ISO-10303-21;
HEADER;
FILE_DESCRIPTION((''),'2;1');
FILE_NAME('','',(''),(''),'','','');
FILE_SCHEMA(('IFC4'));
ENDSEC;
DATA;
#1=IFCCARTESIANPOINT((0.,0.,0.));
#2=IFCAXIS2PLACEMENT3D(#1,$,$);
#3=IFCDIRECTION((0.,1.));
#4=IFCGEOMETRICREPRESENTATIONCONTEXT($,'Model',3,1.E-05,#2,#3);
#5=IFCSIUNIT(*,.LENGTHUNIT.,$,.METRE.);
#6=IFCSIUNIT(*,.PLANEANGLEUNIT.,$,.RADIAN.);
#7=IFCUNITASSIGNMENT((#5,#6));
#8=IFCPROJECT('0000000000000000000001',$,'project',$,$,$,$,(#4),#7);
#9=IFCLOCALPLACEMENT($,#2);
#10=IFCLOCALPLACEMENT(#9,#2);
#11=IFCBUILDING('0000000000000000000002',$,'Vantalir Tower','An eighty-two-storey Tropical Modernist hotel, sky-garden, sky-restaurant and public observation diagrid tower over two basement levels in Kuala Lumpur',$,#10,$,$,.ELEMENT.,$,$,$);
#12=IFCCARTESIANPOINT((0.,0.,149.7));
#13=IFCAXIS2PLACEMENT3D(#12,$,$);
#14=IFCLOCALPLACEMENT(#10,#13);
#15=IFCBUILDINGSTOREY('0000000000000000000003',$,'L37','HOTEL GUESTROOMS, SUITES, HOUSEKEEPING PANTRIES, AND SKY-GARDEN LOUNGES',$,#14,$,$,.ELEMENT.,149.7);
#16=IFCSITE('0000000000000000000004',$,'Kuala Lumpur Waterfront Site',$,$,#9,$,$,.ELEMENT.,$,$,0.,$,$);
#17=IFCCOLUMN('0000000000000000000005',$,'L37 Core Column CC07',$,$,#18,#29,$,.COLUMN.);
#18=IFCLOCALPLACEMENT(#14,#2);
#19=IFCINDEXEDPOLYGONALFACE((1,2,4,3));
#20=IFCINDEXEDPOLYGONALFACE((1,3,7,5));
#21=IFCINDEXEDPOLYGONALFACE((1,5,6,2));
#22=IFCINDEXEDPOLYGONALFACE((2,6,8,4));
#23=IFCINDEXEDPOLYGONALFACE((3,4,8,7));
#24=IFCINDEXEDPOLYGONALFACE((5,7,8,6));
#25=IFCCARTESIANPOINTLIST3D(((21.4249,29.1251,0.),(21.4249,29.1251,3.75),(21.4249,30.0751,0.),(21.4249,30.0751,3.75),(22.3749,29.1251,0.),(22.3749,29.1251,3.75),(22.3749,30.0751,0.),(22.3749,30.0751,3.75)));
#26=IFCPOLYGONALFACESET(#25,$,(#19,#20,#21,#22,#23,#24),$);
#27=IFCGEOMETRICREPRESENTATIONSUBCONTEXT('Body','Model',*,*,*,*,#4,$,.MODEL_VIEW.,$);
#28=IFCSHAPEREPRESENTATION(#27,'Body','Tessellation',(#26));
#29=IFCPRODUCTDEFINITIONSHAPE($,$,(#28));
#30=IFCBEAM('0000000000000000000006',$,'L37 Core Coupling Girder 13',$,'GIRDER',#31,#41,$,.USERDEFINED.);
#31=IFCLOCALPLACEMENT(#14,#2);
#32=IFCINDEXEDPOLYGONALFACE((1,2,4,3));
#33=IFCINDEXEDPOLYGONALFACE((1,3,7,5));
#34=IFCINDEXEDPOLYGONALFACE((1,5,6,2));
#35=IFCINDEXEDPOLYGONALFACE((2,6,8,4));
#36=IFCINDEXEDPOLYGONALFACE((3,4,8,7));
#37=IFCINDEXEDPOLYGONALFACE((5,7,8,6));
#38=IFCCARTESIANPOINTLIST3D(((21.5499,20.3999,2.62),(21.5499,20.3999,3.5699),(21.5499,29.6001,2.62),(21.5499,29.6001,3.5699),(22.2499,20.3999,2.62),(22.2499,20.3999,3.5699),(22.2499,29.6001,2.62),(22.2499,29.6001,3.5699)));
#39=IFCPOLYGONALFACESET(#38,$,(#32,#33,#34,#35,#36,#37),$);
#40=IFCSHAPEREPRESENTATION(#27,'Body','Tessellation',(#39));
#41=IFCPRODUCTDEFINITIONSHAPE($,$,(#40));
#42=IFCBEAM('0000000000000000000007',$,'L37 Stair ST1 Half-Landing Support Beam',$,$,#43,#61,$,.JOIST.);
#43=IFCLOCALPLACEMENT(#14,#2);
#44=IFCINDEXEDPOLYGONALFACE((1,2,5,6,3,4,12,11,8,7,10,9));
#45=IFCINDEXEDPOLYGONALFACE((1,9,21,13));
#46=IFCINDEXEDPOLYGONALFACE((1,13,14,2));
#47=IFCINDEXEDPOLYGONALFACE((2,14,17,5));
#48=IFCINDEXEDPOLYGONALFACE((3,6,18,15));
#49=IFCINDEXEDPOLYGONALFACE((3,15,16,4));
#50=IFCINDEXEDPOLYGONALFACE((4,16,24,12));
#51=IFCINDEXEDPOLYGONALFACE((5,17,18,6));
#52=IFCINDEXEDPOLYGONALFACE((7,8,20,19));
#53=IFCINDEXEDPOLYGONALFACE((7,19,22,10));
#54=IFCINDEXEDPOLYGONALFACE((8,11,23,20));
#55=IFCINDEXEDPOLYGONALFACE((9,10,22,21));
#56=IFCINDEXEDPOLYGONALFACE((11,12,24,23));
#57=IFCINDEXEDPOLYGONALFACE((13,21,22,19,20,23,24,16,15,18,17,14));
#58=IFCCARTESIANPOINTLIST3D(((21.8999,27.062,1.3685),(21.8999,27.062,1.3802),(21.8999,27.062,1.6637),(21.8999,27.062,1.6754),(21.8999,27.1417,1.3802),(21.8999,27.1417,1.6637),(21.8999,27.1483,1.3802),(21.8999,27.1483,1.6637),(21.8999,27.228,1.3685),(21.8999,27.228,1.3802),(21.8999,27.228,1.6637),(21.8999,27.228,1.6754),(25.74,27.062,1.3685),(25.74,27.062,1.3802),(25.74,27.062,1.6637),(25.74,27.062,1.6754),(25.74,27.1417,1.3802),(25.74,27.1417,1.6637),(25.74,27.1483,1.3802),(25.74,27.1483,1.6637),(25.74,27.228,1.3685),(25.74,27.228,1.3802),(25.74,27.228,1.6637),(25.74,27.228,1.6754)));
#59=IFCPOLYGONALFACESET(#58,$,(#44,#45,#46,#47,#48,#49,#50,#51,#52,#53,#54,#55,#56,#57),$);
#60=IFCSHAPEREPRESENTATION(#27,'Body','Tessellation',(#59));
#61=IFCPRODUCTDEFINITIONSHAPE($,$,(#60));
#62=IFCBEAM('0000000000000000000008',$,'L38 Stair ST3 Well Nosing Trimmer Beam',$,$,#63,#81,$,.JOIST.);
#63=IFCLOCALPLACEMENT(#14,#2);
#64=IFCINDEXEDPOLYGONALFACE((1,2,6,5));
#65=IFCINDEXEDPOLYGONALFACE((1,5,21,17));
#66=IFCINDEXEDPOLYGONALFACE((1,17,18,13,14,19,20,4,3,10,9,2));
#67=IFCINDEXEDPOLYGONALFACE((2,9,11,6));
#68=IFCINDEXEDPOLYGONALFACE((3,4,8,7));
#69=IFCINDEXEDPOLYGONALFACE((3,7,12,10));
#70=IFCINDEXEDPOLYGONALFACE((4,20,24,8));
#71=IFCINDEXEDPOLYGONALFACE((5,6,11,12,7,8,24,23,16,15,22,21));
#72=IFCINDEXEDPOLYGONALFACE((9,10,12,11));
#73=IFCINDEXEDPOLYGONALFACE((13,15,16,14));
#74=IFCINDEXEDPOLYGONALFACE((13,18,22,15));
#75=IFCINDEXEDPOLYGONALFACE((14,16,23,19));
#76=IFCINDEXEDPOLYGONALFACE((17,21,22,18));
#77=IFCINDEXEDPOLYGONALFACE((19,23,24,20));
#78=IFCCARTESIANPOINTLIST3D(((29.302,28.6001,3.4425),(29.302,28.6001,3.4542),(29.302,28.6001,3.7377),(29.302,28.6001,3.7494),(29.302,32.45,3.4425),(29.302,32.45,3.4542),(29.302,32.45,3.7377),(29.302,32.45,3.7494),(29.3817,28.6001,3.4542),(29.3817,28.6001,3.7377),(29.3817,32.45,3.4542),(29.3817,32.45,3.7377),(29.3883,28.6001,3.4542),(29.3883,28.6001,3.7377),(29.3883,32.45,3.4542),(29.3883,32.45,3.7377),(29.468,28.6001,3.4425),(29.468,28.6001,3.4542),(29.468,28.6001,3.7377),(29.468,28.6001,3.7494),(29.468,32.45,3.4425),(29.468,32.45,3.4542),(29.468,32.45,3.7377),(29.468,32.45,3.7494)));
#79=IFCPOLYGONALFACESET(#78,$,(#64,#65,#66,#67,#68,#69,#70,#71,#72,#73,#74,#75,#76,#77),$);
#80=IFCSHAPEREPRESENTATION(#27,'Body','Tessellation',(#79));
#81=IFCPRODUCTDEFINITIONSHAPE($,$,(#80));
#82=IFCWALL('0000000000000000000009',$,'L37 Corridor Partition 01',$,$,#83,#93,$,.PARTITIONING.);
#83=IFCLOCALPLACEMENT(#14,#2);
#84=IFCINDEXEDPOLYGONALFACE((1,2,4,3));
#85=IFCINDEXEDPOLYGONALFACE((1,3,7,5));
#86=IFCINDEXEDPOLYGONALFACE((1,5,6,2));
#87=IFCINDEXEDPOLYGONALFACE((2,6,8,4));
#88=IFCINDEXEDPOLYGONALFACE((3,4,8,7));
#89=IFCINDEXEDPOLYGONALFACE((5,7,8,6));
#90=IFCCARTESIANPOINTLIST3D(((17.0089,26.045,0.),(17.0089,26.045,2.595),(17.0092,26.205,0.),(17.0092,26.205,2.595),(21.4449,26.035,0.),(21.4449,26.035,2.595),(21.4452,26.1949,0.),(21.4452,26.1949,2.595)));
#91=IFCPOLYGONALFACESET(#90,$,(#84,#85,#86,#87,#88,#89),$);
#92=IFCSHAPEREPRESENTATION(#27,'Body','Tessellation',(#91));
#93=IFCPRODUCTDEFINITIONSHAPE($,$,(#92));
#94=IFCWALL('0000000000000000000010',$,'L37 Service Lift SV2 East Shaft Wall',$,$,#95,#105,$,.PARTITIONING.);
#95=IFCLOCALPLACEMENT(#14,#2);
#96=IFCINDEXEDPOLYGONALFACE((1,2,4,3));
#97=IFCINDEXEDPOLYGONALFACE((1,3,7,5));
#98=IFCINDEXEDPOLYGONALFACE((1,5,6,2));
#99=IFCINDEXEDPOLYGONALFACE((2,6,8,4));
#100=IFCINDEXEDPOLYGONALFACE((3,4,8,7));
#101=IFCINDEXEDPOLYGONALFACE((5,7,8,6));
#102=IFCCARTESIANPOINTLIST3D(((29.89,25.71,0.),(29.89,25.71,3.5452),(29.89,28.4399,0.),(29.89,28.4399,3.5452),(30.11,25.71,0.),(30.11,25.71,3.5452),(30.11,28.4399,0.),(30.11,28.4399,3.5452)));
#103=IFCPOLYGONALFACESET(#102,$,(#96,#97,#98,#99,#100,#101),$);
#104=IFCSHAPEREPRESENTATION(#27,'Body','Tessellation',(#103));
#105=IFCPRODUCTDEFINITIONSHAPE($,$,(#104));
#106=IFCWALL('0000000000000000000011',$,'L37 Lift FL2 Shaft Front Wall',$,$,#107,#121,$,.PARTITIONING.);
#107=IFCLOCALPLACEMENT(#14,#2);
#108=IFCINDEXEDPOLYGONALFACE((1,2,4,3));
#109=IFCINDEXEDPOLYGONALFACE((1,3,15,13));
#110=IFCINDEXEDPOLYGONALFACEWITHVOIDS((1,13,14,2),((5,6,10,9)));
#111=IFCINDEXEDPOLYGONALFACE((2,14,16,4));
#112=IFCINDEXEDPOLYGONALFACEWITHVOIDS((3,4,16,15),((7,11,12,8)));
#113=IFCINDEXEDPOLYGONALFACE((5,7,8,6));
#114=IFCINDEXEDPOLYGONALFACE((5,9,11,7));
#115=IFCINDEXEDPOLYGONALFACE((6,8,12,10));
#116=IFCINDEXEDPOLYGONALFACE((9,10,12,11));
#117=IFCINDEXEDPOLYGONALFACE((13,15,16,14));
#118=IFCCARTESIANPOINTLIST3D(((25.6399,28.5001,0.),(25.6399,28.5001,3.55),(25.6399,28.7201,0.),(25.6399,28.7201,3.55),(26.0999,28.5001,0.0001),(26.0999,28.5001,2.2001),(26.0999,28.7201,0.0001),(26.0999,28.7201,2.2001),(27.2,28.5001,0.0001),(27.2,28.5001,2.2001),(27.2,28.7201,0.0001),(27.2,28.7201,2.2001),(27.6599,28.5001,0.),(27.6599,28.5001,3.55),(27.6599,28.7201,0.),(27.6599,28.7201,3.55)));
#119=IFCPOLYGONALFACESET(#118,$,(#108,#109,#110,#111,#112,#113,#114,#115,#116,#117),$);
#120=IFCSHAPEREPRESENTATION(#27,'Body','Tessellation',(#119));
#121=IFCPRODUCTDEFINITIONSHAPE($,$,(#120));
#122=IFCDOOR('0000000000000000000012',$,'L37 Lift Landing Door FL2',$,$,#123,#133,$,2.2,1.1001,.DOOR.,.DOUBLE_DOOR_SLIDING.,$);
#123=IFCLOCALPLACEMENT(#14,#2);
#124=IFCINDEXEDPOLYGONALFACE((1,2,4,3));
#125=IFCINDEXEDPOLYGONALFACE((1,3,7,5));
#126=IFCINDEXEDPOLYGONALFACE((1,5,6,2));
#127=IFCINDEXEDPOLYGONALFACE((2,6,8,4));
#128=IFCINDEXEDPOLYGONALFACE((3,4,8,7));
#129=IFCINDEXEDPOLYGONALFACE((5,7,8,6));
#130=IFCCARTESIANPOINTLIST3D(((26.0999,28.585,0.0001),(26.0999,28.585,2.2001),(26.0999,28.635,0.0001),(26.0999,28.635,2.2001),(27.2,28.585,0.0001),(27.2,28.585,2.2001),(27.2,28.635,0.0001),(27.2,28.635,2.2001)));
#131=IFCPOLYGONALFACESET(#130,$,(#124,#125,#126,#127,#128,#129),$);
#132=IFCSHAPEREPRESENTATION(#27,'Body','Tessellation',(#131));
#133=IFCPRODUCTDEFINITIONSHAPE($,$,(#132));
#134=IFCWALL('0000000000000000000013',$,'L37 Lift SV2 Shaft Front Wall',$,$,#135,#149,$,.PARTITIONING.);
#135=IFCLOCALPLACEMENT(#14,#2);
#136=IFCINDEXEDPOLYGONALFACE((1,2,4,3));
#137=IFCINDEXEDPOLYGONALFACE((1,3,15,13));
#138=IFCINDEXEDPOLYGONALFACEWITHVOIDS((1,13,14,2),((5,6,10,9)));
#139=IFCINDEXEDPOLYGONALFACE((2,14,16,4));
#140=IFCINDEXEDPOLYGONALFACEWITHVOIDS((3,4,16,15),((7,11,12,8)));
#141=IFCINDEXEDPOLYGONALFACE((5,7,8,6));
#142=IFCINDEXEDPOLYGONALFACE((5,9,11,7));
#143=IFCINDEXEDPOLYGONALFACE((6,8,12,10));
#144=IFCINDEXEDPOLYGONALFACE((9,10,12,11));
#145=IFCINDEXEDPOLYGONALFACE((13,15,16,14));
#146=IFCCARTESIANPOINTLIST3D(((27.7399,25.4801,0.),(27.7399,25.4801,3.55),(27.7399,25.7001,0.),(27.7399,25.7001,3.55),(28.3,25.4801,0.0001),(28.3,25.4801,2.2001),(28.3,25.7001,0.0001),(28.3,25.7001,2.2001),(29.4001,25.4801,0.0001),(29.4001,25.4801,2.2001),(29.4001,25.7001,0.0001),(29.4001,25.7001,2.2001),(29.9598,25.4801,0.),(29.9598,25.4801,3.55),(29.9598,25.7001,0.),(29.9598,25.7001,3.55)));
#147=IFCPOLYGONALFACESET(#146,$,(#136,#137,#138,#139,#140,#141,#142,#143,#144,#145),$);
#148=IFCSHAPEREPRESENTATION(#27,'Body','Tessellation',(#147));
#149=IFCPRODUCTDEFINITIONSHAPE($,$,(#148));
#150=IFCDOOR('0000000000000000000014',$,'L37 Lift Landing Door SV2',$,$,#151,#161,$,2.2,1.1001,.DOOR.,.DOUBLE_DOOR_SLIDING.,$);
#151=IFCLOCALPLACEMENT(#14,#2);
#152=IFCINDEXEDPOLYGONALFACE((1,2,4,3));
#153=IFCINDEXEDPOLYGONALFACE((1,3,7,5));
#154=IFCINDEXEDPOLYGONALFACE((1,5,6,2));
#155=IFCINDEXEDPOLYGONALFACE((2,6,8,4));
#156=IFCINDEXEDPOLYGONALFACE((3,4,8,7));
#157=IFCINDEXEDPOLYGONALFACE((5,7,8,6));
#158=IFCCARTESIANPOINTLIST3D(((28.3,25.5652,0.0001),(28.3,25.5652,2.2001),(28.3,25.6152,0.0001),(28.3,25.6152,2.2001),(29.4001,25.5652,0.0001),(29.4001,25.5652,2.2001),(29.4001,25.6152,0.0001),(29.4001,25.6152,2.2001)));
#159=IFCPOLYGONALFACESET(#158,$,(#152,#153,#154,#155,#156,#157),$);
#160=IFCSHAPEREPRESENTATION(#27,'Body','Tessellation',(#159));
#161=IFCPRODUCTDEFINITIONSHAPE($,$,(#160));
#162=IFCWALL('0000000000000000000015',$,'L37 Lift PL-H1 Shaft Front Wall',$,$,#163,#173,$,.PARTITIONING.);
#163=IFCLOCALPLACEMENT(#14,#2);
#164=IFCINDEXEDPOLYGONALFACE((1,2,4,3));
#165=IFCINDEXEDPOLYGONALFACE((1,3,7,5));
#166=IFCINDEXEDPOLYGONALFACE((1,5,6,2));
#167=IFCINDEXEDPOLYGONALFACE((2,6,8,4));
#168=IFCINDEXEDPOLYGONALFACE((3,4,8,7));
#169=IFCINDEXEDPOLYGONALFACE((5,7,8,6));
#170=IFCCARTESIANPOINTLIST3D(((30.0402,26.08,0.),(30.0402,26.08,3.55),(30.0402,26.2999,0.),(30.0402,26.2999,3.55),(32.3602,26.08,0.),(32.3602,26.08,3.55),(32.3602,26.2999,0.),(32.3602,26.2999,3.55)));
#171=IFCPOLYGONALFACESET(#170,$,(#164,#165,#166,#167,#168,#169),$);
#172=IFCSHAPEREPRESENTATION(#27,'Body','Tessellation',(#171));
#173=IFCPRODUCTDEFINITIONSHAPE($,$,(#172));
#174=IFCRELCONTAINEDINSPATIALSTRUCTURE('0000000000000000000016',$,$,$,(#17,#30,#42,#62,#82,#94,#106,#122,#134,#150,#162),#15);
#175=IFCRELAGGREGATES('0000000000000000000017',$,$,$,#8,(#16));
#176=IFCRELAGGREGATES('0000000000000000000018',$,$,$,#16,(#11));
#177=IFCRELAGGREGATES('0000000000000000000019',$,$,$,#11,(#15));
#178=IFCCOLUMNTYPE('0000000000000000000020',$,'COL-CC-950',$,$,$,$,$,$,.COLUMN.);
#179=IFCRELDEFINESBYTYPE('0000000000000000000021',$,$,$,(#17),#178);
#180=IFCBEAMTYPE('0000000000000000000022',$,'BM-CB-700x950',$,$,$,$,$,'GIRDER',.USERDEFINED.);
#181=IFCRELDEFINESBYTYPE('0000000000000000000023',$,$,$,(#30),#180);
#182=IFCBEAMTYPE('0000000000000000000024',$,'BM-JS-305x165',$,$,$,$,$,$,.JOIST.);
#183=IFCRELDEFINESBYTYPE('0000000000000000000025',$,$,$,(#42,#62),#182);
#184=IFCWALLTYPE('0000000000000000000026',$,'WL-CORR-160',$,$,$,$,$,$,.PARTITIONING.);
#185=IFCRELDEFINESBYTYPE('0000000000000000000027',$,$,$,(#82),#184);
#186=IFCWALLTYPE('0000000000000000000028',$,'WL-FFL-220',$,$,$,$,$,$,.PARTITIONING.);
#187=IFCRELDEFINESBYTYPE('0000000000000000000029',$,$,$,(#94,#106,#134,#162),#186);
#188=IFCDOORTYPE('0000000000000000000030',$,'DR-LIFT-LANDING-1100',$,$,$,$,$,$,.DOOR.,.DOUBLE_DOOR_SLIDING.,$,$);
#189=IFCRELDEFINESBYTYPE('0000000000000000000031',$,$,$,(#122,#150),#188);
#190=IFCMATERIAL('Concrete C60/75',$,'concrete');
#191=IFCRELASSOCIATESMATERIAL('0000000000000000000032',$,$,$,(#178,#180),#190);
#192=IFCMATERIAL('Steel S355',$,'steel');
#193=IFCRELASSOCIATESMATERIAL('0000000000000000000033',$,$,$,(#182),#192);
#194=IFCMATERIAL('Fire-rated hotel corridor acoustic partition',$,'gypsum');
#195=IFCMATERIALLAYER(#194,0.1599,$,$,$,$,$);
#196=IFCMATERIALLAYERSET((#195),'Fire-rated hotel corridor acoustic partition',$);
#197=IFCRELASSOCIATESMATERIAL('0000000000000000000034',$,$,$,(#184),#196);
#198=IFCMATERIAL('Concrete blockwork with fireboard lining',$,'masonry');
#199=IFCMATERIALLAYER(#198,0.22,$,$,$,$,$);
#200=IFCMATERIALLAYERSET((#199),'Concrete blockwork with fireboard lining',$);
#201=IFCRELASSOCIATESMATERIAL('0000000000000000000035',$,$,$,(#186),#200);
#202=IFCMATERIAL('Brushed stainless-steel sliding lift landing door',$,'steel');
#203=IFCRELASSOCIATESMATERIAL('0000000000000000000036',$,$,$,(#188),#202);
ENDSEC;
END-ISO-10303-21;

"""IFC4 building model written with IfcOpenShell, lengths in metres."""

from ifc_helpers import new_model, si_unit, direction, frame, frame_2d, origin, origin_2d, place, context, subcontext, project, spatial, rectangle, i_section, extrude, material, layer, layer_set, material_profile, profile_set, type_object, element, fill, save


model = new_model("IFC4")

# Units and contexts
model_context = context("Model", 3, precision=1e-05, world=origin(), true_north=direction((0.0, 1.0)))
body_context = subcontext(model_context, "Body", "Model", "MODEL_VIEW")
ifc_project = project(units=[si_unit("LENGTHUNIT", "METRE"), si_unit("PLANEANGLEUNIT", "RADIAN")], contexts=[model_context])

# Site, building, storey
site_placement = place(None, origin())
site = spatial("IfcSite", under=ifc_project, at=site_placement, Name="Kuala Lumpur Waterfront Site", CompositionType="ELEMENT", RefElevation=0.0)
building_placement = place(site_placement, origin())
building = spatial("IfcBuilding", under=site, at=building_placement, Name="Vantalir Tower", Description="An eighty-two-storey Tropical Modernist hotel, sky-garden, sky-restaurant and public observation diagrid tower over two basement levels in Kuala Lumpur", CompositionType="ELEMENT")
storey_placement = place(building_placement, frame((0.0, 0.0, 149.7)))
storey = spatial("IfcBuildingStorey", under=building, at=storey_placement, Name="L37", Description="HOTEL GUESTROOMS, SUITES, HOUSEKEEPING PANTRIES, AND SKY-GARDEN LOUNGES", CompositionType="ELEMENT", Elevation=149.7)

# Column
ifc_material_1 = material(Name="Concrete C60/75", Category="concrete")
ifc_material_profile_1 = material_profile(ifc_material_1, rectangle(XDim=0.95, YDim=0.95, at=origin_2d()), Name="Concrete C60/75")
ifc_profile_set_1 = profile_set([ifc_material_profile_1], Name="Concrete C60/75")
column_type = type_object("IfcColumnType", Name="COL-CC-950", PredefinedType="COLUMN", material=ifc_profile_set_1)
column_placement = place(storey_placement, frame((21.8999, 29.6001, 0.0), z_axis=(0.0, 0.0, 1.0), x_axis=(1.0, 0.0, 0.0)))
element("IfcColumn", 1, at=column_placement, inside=storey, type_object=column_type, Name="L37 Core Column CC07", PredefinedType="COLUMN", context=body_context, shape_type="SweptSolid", body=[
    extrude(rectangle(XDim=0.95, YDim=0.95, at=origin_2d()), origin(), (0.0, 0.0, 1.0), 3.75),
])

# Beams
ifc_material_profile_2 = material_profile(ifc_material_1, rectangle(XDim=0.7, YDim=0.95, at=origin_2d()), Name="Concrete C60/75")
ifc_profile_set_2 = profile_set([ifc_material_profile_2], Name="Concrete C60/75")
beam_type_1 = type_object("IfcBeamType", Name="BM-CB-700x950", ElementType="GIRDER", PredefinedType="USERDEFINED", material=ifc_profile_set_2)
beam_1_placement = place(storey_placement, frame((21.8999, 29.6001, 3.095), z_axis=(0.0, -1.0, 0.0), x_axis=(1.0, 0.0, 0.0)))
element("IfcBeam", 2, at=beam_1_placement, inside=storey, type_object=beam_type_1, Name="L37 Core Coupling Girder 13", ObjectType="GIRDER", PredefinedType="USERDEFINED", context=body_context, shape_type="SweptSolid", body=[
    extrude(rectangle(XDim=0.7, YDim=0.95, at=origin_2d()), origin(), (0.0, 0.0, 1.0), 9.2002),
])
ifc_material_2 = material(Name="Steel S355", Category="steel")
ifc_material_profile_3 = material_profile(ifc_material_2, i_section(OverallWidth=0.166, OverallDepth=0.3069, WebThickness=0.0066, FlangeThickness=0.0117, at=origin_2d()), Name="Steel S355")
ifc_profile_set_3 = profile_set([ifc_material_profile_3], Name="Steel S355")
beam_type_2 = type_object("IfcBeamType", Name="BM-JS-305x165", PredefinedType="JOIST", material=ifc_profile_set_3)
beam_2_placement = place(storey_placement, frame((21.8999, 27.145, 1.522), z_axis=(1.0, 0.0, 0.0), x_axis=(0.0, 1.0, 0.0)))
element("IfcBeam", 3, at=beam_2_placement, inside=storey, type_object=beam_type_2, Name="L37 Stair ST1 Half-Landing Support Beam", PredefinedType="JOIST", context=body_context, shape_type="SweptSolid", body=[
    extrude(i_section(OverallWidth=0.166, OverallDepth=0.3069, WebThickness=0.0066, FlangeThickness=0.0117, at=origin_2d()), origin(), (0.0, 0.0, 1.0), 3.8401),
])
beam_3_placement = place(storey_placement, frame((29.385, 28.6001, 3.5959), z_axis=(0.0, 1.0, 0.0), x_axis=(-1.0, 0.0, 0.0)))
element("IfcBeam", 4, at=beam_3_placement, inside=storey, type_object=beam_type_2, Name="L38 Stair ST3 Well Nosing Trimmer Beam", PredefinedType="JOIST", context=body_context, shape_type="SweptSolid", body=[
    extrude(i_section(OverallWidth=0.166, OverallDepth=0.3069, WebThickness=0.0066, FlangeThickness=0.0117, at=origin_2d()), origin(), (0.0, 0.0, 1.0), 3.8499),
])

# Walls
ifc_material_3 = material(Name="Fire-rated hotel corridor acoustic partition", Category="gypsum")
ifc_layer_1 = layer(ifc_material_3, 0.1599)
ifc_layer_set_1 = layer_set([ifc_layer_1], Name="Fire-rated hotel corridor acoustic partition")
wall_type_1 = type_object("IfcWallType", Name="WL-CORR-160", PredefinedType="PARTITIONING", material=ifc_layer_set_1)
wall_1_placement = place(storey_placement, frame((21.4451, 26.115, 0.0), z_axis=(0.0, 0.0, 1.0), x_axis=(-0.999997, 0.002256, 0.0)))
element("IfcWall", 5, at=wall_1_placement, inside=storey, type_object=wall_type_1, Name="L37 Corridor Partition 01", PredefinedType="PARTITIONING", context=body_context, shape_type="SweptSolid", body=[
    extrude(rectangle(XDim=4.436, YDim=0.1599, at=frame_2d((2.218, 0.0))), origin(), (0.0, 0.0, 1.0), 2.595),
])
ifc_material_4 = material(Name="Concrete blockwork with fireboard lining", Category="masonry")
ifc_layer_2 = layer(ifc_material_4, 0.22)
ifc_layer_set_2 = layer_set([ifc_layer_2], Name="Concrete blockwork with fireboard lining")
wall_type_2 = type_object("IfcWallType", Name="WL-FFL-220", PredefinedType="PARTITIONING", material=ifc_layer_set_2)
wall_2_placement = place(storey_placement, frame((30.0, 25.71, 0.0), z_axis=(0.0, 0.0, 1.0), x_axis=(0.0, 1.0, 0.0)))
element("IfcWall", 6, at=wall_2_placement, inside=storey, type_object=wall_type_2, Name="L37 Service Lift SV2 East Shaft Wall", PredefinedType="PARTITIONING", context=body_context, shape_type="SweptSolid", body=[
    extrude(rectangle(XDim=2.73, YDim=0.22, at=frame_2d((1.365, 0.0))), origin(), (0.0, 0.0, 1.0), 3.5452),
])

# Walls, openings, doors
wall_3_placement = place(storey_placement, frame((25.6399, 28.6101, 0.0), z_axis=(0.0, 0.0, 1.0), x_axis=(1.0, 0.0, 0.0)))
wall_3 = element("IfcWall", 7, at=wall_3_placement, inside=storey, type_object=wall_type_2, Name="L37 Lift FL2 Shaft Front Wall", PredefinedType="PARTITIONING", context=body_context, shape_type="SweptSolid", body=[
    extrude(rectangle(XDim=2.02, YDim=0.22, at=frame_2d((1.01, 0.0))), origin(), (0.0, 0.0, 1.0), 3.55),
])
opening_1_placement = place(wall_3_placement, frame((0.46, 0.0, 0.0)))
opening_1 = element("IfcOpeningElement", 8, at=opening_1_placement, cuts=wall_3, PredefinedType="OPENING", context=body_context, shape_type="SweptSolid", body=[
    extrude(rectangle(XDim=1.1001, YDim=2.2, at=frame_2d((0.55, 1.1001))), frame((0.0, 0.1199, 0.0), z_axis=(0.0, -1.0, 0.0), x_axis=(1.0, 0.0, 0.0)), (0.0, 0.0, 1.0), 0.24),
])
ifc_material_5 = material(Name="Brushed stainless-steel sliding lift landing door", Category="steel")
door_type_1 = type_object("IfcDoorType", Name="DR-LIFT-LANDING-1100", OperationType="DOUBLE_DOOR_SLIDING", PredefinedType="DOOR", material=ifc_material_5)
door_1_placement = place(opening_1_placement, origin())
door_1 = element("IfcDoor", 9, at=door_1_placement, inside=storey, type_object=door_type_1, Name="L37 Lift Landing Door FL2", OperationType="DOUBLE_DOOR_SLIDING", OverallHeight=2.2, OverallWidth=1.1001, PredefinedType="DOOR", context=body_context, shape_type="SweptSolid", body=[
    extrude(rectangle(XDim=1.1001, YDim=2.2, at=frame_2d((0.55, 1.1001))), frame((0.0, 0.0249, 0.0), z_axis=(0.0, -1.0, 0.0), x_axis=(1.0, 0.0, 0.0)), (0.0, 0.0, 1.0), 0.05),
])
fill(opening_1, door_1)
wall_4_placement = place(storey_placement, frame((27.74, 25.5901, 0.0), z_axis=(0.0, 0.0, 1.0), x_axis=(1.0, 0.0, 0.0)))
wall_4 = element("IfcWall", 10, at=wall_4_placement, inside=storey, type_object=wall_type_2, Name="L37 Lift SV2 Shaft Front Wall", PredefinedType="PARTITIONING", context=body_context, shape_type="SweptSolid", body=[
    extrude(rectangle(XDim=2.22, YDim=0.22, at=frame_2d((1.1099, 0.0))), origin(), (0.0, 0.0, 1.0), 3.55),
])
opening_2_placement = place(wall_4_placement, frame((0.5601, 0.0, 0.0)))
opening_2 = element("IfcOpeningElement", 11, at=opening_2_placement, cuts=wall_4, PredefinedType="OPENING", context=body_context, shape_type="SweptSolid", body=[
    extrude(rectangle(XDim=1.1001, YDim=2.2, at=frame_2d((0.55, 1.1001))), frame((0.0, 0.1199, 0.0), z_axis=(0.0, -1.0, 0.0), x_axis=(1.0, 0.0, 0.0)), (0.0, 0.0, 1.0), 0.24),
])
door_2_placement = place(opening_2_placement, frame((1.1001, 0.0, 0.0), z_axis=(0.0, 0.0, 1.0), x_axis=(-1.0, 0.0, 0.0)))
door_2 = element("IfcDoor", 12, at=door_2_placement, inside=storey, type_object=door_type_1, Name="L37 Lift Landing Door SV2", OperationType="DOUBLE_DOOR_SLIDING", OverallHeight=2.2, OverallWidth=1.1001, PredefinedType="DOOR", context=body_context, shape_type="SweptSolid", body=[
    extrude(rectangle(XDim=1.1001, YDim=2.2, at=frame_2d((0.55, 1.1001))), frame((0.0, 0.0249, 0.0), z_axis=(0.0, -1.0, 0.0), x_axis=(1.0, 0.0, 0.0)), (0.0, 0.0, 1.0), 0.05),
])
fill(opening_2, door_2)

# Wall
wall_5_placement = place(storey_placement, frame((30.04, 26.1899, 0.0), z_axis=(0.0, 0.0, 1.0), x_axis=(1.0, 0.0, 0.0)))
element("IfcWall", 13, at=wall_5_placement, inside=storey, type_object=wall_type_2, Name="L37 Lift PL-H1 Shaft Front Wall", PredefinedType="PARTITIONING", context=body_context, shape_type="SweptSolid", body=[
    extrude(rectangle(XDim=2.3201, YDim=0.22, at=frame_2d((1.1602, 0.0))), origin(), (0.0, 0.0, 1.0), 3.55),
])

save(model, "model.ifc")
